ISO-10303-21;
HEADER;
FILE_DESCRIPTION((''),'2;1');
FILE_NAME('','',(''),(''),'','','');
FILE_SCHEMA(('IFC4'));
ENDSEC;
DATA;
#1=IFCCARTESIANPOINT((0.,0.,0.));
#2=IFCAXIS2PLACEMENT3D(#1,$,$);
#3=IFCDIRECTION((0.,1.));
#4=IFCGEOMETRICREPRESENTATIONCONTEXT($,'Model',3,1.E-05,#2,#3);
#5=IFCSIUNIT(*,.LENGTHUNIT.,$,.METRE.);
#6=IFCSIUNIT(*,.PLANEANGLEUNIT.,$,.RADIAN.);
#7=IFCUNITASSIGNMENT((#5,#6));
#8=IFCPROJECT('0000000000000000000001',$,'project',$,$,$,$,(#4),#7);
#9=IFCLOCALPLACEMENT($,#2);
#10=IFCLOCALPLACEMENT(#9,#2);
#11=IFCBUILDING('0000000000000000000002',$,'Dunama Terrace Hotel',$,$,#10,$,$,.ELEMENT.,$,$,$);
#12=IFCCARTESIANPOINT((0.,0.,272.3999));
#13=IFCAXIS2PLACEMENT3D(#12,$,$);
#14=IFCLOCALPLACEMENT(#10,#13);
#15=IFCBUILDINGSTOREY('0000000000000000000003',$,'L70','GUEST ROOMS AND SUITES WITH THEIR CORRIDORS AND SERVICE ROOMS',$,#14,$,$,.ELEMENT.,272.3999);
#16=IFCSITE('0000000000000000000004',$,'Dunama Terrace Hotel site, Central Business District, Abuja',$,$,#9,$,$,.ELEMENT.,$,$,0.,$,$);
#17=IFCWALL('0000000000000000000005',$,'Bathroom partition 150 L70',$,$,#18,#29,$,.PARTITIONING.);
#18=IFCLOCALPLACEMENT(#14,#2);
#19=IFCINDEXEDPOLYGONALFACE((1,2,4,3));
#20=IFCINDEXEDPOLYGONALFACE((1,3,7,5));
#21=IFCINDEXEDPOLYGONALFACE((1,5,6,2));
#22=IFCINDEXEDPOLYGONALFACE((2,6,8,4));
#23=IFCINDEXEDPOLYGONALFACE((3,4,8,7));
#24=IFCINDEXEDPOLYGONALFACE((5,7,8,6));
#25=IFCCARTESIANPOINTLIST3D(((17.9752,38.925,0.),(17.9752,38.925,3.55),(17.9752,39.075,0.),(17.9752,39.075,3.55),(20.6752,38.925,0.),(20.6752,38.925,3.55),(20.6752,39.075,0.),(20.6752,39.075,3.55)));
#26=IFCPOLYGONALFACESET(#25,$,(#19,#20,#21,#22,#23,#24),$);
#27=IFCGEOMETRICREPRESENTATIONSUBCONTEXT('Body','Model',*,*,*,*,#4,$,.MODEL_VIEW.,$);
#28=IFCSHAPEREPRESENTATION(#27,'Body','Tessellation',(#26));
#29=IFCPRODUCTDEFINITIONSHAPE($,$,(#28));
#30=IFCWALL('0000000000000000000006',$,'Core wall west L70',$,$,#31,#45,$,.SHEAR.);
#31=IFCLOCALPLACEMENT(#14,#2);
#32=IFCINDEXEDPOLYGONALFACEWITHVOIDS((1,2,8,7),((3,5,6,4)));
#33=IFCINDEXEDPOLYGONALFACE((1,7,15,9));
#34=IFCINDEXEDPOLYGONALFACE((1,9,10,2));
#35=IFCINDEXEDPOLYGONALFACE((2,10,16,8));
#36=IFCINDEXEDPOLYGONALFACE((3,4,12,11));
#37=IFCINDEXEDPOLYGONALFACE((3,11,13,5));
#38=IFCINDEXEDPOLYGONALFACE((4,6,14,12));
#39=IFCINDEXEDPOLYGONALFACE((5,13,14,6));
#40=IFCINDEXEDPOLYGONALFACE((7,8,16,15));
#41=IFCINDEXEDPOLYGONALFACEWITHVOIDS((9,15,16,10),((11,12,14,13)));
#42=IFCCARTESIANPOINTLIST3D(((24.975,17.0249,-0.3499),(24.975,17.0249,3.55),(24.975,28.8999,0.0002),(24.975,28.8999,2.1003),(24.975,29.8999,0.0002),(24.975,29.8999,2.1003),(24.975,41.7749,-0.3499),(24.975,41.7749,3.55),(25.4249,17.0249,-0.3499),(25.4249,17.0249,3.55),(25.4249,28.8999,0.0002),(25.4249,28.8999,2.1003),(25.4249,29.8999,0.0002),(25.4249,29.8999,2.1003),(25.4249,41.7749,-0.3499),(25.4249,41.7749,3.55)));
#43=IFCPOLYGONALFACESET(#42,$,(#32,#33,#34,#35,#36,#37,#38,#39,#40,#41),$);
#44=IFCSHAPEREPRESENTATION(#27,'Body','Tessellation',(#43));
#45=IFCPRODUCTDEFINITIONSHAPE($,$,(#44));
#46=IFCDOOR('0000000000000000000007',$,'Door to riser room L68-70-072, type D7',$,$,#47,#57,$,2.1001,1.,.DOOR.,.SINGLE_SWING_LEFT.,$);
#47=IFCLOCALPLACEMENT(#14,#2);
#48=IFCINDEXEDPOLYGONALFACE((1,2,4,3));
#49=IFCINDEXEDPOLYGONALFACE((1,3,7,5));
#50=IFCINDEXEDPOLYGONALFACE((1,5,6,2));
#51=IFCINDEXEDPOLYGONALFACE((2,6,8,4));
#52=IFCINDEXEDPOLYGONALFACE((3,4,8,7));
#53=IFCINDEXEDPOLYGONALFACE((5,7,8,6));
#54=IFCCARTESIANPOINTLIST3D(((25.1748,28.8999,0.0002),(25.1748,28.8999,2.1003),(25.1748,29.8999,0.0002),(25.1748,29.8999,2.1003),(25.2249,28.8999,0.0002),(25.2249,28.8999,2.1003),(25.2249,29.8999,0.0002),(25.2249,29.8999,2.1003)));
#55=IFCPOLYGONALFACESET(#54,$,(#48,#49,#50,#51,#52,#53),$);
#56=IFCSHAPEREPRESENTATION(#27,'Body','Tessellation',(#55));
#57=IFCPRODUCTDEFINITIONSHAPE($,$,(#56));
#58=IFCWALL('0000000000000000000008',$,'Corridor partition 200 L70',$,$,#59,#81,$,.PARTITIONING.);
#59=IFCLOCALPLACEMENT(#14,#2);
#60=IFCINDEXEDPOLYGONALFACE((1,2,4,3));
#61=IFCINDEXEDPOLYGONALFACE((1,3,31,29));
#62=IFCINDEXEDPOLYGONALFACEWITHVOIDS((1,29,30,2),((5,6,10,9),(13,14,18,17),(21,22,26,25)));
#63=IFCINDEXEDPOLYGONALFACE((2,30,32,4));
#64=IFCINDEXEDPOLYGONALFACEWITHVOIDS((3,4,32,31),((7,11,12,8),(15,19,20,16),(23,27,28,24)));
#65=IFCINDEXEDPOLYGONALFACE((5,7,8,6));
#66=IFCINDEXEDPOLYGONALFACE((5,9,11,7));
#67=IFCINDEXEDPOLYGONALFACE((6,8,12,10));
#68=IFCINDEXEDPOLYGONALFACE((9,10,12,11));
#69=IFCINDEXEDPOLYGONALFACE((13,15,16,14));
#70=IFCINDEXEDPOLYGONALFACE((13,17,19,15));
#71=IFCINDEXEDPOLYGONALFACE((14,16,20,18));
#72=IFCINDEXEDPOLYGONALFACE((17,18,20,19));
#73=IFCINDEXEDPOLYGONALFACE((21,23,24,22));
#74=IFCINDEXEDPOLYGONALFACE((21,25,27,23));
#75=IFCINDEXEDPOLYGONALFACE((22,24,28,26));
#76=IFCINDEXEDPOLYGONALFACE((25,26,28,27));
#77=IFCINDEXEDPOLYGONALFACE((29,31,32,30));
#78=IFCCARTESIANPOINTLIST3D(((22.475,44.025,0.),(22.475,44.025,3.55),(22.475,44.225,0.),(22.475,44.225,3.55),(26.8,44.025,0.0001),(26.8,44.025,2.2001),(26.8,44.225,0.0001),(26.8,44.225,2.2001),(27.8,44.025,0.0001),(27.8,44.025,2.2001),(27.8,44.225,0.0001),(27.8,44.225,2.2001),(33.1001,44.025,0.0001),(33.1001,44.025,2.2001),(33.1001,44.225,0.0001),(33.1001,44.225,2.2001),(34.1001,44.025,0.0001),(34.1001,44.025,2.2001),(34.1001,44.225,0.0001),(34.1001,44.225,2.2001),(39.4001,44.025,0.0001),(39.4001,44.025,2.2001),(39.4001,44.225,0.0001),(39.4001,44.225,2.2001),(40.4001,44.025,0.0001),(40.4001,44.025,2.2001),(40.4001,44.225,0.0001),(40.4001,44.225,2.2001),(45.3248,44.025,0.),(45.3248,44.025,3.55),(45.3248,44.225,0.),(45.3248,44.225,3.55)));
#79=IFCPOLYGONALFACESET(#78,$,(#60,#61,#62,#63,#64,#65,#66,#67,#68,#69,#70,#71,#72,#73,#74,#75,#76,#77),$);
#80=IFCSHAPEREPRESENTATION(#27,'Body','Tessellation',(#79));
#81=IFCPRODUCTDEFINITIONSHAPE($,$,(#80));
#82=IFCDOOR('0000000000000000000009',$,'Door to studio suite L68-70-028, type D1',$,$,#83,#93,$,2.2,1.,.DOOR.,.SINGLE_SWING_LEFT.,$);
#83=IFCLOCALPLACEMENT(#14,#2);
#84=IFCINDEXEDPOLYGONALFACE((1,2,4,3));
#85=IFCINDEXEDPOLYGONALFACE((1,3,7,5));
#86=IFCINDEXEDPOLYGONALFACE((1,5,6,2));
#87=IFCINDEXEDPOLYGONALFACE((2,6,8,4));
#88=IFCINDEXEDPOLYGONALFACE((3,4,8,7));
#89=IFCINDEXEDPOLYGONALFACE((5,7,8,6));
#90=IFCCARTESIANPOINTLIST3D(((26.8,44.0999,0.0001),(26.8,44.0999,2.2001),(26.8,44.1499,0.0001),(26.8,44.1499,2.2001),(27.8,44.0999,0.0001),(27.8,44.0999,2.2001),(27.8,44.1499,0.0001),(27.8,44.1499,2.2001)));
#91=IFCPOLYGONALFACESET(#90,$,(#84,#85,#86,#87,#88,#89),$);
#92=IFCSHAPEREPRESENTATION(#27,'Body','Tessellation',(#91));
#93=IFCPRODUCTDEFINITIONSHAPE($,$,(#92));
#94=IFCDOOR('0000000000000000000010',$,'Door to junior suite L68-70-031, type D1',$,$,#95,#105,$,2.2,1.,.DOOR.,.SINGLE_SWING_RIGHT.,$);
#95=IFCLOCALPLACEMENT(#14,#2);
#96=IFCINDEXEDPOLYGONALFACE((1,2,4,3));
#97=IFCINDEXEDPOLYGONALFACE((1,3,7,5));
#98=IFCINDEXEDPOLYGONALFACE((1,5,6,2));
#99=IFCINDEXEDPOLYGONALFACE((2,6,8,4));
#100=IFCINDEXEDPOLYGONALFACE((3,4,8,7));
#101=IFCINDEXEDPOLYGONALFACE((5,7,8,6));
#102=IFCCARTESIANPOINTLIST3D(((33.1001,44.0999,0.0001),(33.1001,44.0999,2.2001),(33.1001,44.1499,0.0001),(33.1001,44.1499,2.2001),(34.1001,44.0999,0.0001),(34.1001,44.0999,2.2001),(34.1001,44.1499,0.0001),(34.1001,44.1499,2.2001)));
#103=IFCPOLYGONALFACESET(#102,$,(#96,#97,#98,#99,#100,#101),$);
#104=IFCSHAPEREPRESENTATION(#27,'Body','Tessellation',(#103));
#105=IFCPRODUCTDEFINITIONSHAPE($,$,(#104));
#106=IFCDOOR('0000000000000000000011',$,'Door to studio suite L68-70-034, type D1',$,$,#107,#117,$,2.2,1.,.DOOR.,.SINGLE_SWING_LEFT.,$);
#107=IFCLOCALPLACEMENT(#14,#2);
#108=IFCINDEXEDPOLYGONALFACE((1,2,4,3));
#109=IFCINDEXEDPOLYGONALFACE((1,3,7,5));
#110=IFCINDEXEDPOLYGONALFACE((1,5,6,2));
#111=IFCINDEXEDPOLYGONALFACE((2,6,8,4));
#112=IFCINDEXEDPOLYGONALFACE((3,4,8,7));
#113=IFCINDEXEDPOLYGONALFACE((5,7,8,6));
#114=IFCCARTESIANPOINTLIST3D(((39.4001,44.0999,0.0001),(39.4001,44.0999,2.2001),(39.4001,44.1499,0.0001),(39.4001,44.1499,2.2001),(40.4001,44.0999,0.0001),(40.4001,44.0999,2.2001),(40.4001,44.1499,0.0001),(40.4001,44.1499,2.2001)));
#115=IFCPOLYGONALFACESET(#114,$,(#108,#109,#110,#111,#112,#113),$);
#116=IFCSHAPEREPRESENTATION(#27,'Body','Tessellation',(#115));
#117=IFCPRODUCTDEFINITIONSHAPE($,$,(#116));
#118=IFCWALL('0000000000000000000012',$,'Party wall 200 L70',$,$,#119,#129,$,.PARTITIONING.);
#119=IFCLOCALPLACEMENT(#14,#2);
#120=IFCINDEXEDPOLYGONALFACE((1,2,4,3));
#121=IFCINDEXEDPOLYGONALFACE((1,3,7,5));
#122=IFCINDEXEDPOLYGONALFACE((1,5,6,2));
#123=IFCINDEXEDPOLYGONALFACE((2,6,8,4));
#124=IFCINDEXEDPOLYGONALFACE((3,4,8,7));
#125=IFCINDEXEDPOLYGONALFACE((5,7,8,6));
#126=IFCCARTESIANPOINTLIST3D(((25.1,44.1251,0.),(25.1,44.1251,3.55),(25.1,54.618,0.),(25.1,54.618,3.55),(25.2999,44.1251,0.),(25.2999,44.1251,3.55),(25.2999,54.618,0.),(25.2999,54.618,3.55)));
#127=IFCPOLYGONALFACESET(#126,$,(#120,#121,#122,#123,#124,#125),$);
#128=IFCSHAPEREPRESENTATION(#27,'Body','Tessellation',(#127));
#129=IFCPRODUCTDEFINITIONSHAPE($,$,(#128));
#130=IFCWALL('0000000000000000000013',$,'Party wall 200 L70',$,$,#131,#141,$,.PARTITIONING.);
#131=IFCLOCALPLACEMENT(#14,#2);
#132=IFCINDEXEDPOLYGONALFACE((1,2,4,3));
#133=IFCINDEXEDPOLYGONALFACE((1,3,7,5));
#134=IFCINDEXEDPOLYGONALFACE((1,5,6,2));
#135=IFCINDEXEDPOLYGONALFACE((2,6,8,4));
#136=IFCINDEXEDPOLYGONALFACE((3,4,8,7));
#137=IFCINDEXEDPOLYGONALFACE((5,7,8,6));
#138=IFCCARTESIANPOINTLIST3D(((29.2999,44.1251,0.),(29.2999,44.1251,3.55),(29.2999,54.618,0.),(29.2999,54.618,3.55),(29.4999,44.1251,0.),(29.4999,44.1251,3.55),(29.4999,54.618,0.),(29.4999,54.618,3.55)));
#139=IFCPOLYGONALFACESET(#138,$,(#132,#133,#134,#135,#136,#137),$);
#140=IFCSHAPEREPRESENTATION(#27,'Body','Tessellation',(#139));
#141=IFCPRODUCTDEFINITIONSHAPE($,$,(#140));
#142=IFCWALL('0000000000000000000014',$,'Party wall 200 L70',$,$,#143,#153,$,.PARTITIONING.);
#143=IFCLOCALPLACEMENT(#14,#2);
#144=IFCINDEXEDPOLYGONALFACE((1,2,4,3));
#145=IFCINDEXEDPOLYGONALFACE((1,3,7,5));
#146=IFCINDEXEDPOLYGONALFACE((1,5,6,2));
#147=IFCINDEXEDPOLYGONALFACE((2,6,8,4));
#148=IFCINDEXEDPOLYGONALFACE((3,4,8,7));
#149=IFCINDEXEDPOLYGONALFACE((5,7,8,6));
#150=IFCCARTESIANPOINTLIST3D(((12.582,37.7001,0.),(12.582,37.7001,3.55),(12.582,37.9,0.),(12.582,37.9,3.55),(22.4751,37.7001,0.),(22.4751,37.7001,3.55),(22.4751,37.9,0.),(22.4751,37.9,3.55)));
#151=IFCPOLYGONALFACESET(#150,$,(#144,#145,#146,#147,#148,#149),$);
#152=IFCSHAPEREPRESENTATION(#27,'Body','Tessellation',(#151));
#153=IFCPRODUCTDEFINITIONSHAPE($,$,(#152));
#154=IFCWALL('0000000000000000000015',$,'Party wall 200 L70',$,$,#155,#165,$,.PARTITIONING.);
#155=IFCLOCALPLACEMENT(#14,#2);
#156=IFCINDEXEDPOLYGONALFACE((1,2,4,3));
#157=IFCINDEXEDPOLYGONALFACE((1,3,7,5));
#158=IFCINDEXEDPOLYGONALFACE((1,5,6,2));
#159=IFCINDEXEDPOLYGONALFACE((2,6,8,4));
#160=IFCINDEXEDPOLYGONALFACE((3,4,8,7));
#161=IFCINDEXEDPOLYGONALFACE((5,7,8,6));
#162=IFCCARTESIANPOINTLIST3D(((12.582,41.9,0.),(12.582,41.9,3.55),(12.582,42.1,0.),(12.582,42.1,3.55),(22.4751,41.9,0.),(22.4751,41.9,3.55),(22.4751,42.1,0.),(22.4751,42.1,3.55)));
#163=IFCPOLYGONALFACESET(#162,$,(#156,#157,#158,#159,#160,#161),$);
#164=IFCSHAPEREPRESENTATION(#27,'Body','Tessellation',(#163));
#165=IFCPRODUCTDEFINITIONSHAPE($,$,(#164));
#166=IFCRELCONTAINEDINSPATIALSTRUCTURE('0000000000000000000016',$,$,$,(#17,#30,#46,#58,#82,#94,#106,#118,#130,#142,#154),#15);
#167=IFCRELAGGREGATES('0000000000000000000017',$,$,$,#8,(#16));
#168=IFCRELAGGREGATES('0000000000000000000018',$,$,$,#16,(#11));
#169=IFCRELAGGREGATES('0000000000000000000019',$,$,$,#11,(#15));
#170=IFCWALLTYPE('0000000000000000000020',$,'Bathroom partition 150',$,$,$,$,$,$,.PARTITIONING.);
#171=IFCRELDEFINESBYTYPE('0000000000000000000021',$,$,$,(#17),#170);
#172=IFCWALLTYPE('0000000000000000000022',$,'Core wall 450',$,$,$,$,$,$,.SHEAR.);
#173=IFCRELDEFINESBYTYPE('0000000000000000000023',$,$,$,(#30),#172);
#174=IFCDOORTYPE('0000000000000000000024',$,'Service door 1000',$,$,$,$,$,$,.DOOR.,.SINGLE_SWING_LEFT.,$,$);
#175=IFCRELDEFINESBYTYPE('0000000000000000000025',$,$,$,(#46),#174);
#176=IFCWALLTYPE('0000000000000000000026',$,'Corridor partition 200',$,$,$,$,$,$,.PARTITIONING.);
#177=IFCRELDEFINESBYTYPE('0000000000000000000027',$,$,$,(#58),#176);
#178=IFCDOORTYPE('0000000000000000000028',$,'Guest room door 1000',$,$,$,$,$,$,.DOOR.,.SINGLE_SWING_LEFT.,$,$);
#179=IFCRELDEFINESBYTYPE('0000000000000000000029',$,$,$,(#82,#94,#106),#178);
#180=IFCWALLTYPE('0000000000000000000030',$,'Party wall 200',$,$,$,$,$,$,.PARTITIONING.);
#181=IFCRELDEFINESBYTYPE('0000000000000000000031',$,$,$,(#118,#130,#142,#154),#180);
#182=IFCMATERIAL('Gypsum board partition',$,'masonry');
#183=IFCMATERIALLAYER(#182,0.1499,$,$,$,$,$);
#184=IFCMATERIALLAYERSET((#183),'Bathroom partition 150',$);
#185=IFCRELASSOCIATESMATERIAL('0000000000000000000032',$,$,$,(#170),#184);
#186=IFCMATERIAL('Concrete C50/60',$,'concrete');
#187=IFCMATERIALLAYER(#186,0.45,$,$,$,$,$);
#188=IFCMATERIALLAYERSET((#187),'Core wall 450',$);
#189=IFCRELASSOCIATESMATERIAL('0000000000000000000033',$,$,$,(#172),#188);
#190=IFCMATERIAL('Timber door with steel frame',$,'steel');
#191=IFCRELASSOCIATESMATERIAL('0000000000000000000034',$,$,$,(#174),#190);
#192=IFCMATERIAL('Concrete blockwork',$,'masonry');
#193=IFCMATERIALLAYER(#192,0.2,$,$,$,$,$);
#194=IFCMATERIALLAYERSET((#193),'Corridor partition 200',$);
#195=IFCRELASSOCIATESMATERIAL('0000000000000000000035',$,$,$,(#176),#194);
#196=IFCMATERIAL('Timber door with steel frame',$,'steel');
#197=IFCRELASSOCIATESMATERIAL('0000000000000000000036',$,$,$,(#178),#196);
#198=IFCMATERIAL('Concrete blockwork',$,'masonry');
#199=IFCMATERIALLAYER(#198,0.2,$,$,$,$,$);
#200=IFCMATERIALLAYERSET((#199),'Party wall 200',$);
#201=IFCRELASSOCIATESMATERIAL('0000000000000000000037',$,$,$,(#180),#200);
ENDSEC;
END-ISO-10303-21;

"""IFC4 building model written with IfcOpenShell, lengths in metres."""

from ifc_helpers import new_model, si_unit, direction, frame, frame_2d, origin, place, context, subcontext, project, spatial, rectangle, extrude, material, layer, layer_set, type_object, element, fill, save


model = new_model("IFC4")

# Units and contexts
model_context = context("Model", 3, precision=1e-05, world=origin(), true_north=direction((0.0, 1.0)))
body_context = subcontext(model_context, "Body", "Model", "MODEL_VIEW")
ifc_project = project(units=[si_unit("LENGTHUNIT", "METRE"), si_unit("PLANEANGLEUNIT", "RADIAN")], contexts=[model_context])

# Site, building, storey
site_placement = place(None, origin())
site = spatial("IfcSite", under=ifc_project, at=site_placement, Name="Dunama Terrace Hotel site, Central Business District, Abuja", CompositionType="ELEMENT", RefElevation=0.0)
building_placement = place(site_placement, origin())
building = spatial("IfcBuilding", under=site, at=building_placement, Name="Dunama Terrace Hotel", CompositionType="ELEMENT")
storey_placement = place(building_placement, frame((0.0, 0.0, 272.3999)))
storey = spatial("IfcBuildingStorey", under=building, at=storey_placement, Name="L70", Description="GUEST ROOMS AND SUITES WITH THEIR CORRIDORS AND SERVICE ROOMS", CompositionType="ELEMENT", Elevation=272.3999)

# Shared definitions
ifc_material_1 = material(Name="Gypsum board partition", Category="masonry")
ifc_layer_1 = layer(ifc_material_1, 0.1499)
ifc_layer_set_1 = layer_set([ifc_layer_1], Name="Bathroom partition 150")
wall_type_1 = type_object("IfcWallType", Name="Bathroom partition 150", PredefinedType="PARTITIONING", material=ifc_layer_set_1)

# Wall
wall_1_placement = place(storey_placement, frame((17.9751, 39.0, 0.0), z_axis=(0.0, 0.0, 1.0), x_axis=(1.0, 0.0, 0.0)))
element("IfcWall", 1, at=wall_1_placement, inside=storey, type_object=wall_type_1, Name="Bathroom partition 150 L70", PredefinedType="PARTITIONING", context=body_context, shape_type="SweptSolid", body=[
    extrude(rectangle(XDim=2.7, YDim=0.1499, at=frame_2d((1.3501, 0.0))), origin(), (0.0, 0.0, 1.0), 3.55),
])

# Wall, opening, door
ifc_material_2 = material(Name="Concrete C50/60", Category="concrete")
ifc_layer_2 = layer(ifc_material_2, 0.45)
ifc_layer_set_2 = layer_set([ifc_layer_2], Name="Core wall 450")
wall_type_2 = type_object("IfcWallType", Name="Core wall 450", PredefinedType="SHEAR", material=ifc_layer_set_2)
wall_2_placement = place(storey_placement, frame((25.2, 41.7749, -0.3499), z_axis=(0.0, 0.0, 1.0), x_axis=(0.0, -1.0, 0.0)))
wall_2 = element("IfcWall", 2, at=wall_2_placement, inside=storey, type_object=wall_type_2, Name="Core wall west L70", PredefinedType="SHEAR", context=body_context, shape_type="SweptSolid", body=[
    extrude(rectangle(XDim=24.75, YDim=0.45, at=frame_2d((12.375, 0.0))), origin(), (0.0, 0.0, 1.0), 3.8999),
])
opening_1_placement = place(wall_2_placement, frame((11.875, 0.0, 0.3501)))
opening_1 = element("IfcOpeningElement", 3, at=opening_1_placement, cuts=wall_2, PredefinedType="OPENING", context=body_context, shape_type="SweptSolid", body=[
    extrude(rectangle(XDim=1.0, YDim=2.1001, at=frame_2d((0.5, 1.05))), frame((0.0, 0.2349, 0.0), z_axis=(0.0, -1.0, 0.0), x_axis=(1.0, 0.0, 0.0)), (0.0, 0.0, 1.0), 0.47),
])
ifc_material_3 = material(Name="Timber door with steel frame", Category="steel")
door_type_1 = type_object("IfcDoorType", Name="Service door 1000", OperationType="SINGLE_SWING_LEFT", PredefinedType="DOOR", material=ifc_material_3)
door_1_placement = place(opening_1_placement, origin())
door_1 = element("IfcDoor", 4, at=door_1_placement, inside=storey, type_object=door_type_1, Name="Door to riser room L68-70-072, type D7", OperationType="SINGLE_SWING_LEFT", OverallHeight=2.1001, OverallWidth=1.0, PredefinedType="DOOR", context=body_context, shape_type="SweptSolid", body=[
    extrude(rectangle(XDim=1.0, YDim=2.1001, at=frame_2d((0.5, 1.05))), frame((0.0, 0.0249, 0.0), z_axis=(0.0, -1.0, 0.0), x_axis=(1.0, 0.0, 0.0)), (0.0, 0.0, 1.0), 0.05),
])
fill(opening_1, door_1)

# Wall, openings, doors
ifc_material_4 = material(Name="Concrete blockwork", Category="masonry")
ifc_layer_3 = layer(ifc_material_4, 0.2)
ifc_layer_set_3 = layer_set([ifc_layer_3], Name="Corridor partition 200")
wall_type_3 = type_object("IfcWallType", Name="Corridor partition 200", PredefinedType="PARTITIONING", material=ifc_layer_set_3)
wall_3_placement = place(storey_placement, frame((22.4751, 44.125, 0.0), z_axis=(0.0, 0.0, 1.0), x_axis=(1.0, 0.0, 0.0)))
wall_3 = element("IfcWall", 5, at=wall_3_placement, inside=storey, type_object=wall_type_3, Name="Corridor partition 200 L70", PredefinedType="PARTITIONING", context=body_context, shape_type="SweptSolid", body=[
    extrude(rectangle(XDim=22.8499, YDim=0.2, at=frame_2d((11.4248, 0.0))), origin(), (0.0, 0.0, 1.0), 3.55),
])
opening_2_placement = place(wall_3_placement, frame((4.325, 0.0, 0.0)))
opening_2 = element("IfcOpeningElement", 6, at=opening_2_placement, cuts=wall_3, PredefinedType="OPENING", context=body_context, shape_type="SweptSolid", body=[
    extrude(rectangle(XDim=1.0, YDim=2.2, at=frame_2d((0.5, 1.1001))), frame((0.0, 0.1099, 0.0), z_axis=(0.0, -1.0, 0.0), x_axis=(1.0, 0.0, 0.0)), (0.0, 0.0, 1.0), 0.22),
])
opening_3_placement = place(wall_3_placement, frame((10.625, 0.0, 0.0)))
opening_3 = element("IfcOpeningElement", 7, at=opening_3_placement, cuts=wall_3, PredefinedType="OPENING", context=body_context, shape_type="SweptSolid", body=[
    extrude(rectangle(XDim=1.0, YDim=2.2, at=frame_2d((0.5, 1.1001))), frame((0.0, 0.1099, 0.0), z_axis=(0.0, -1.0, 0.0), x_axis=(1.0, 0.0, 0.0)), (0.0, 0.0, 1.0), 0.22),
])
opening_4_placement = place(wall_3_placement, frame((16.925, 0.0, 0.0)))
opening_4 = element("IfcOpeningElement", 8, at=opening_4_placement, cuts=wall_3, PredefinedType="OPENING", context=body_context, shape_type="SweptSolid", body=[
    extrude(rectangle(XDim=1.0, YDim=2.2, at=frame_2d((0.5, 1.1001))), frame((0.0, 0.1099, 0.0), z_axis=(0.0, -1.0, 0.0), x_axis=(1.0, 0.0, 0.0)), (0.0, 0.0, 1.0), 0.22),
])
ifc_material_5 = material(Name="Timber door with steel frame", Category="steel")
door_type_2 = type_object("IfcDoorType", Name="Guest room door 1000", OperationType="SINGLE_SWING_LEFT", PredefinedType="DOOR", material=ifc_material_5)
door_2_placement = place(opening_2_placement, origin())
door_2 = element("IfcDoor", 9, at=door_2_placement, inside=storey, type_object=door_type_2, Name="Door to studio suite L68-70-028, type D1", OperationType="SINGLE_SWING_LEFT", OverallHeight=2.2, OverallWidth=1.0, PredefinedType="DOOR", context=body_context, shape_type="SweptSolid", body=[
    extrude(rectangle(XDim=1.0, YDim=2.2, at=frame_2d((0.5, 1.1001))), frame((0.0, 0.0249, 0.0), z_axis=(0.0, -1.0, 0.0), x_axis=(1.0, 0.0, 0.0)), (0.0, 0.0, 1.0), 0.05),
])
fill(opening_2, door_2)
door_3_placement = place(opening_3_placement, origin())
door_3 = element("IfcDoor", 10, at=door_3_placement, inside=storey, type_object=door_type_2, Name="Door to junior suite L68-70-031, type D1", OperationType="SINGLE_SWING_RIGHT", OverallHeight=2.2, OverallWidth=1.0, PredefinedType="DOOR", context=body_context, shape_type="SweptSolid", body=[
    extrude(rectangle(XDim=1.0, YDim=2.2, at=frame_2d((0.5, 1.1001))), frame((0.0, 0.0249, 0.0), z_axis=(0.0, -1.0, 0.0), x_axis=(1.0, 0.0, 0.0)), (0.0, 0.0, 1.0), 0.05),
])
fill(opening_3, door_3)
door_4_placement = place(opening_4_placement, origin())
door_4 = element("IfcDoor", 11, at=door_4_placement, inside=storey, type_object=door_type_2, Name="Door to studio suite L68-70-034, type D1", OperationType="SINGLE_SWING_LEFT", OverallHeight=2.2, OverallWidth=1.0, PredefinedType="DOOR", context=body_context, shape_type="SweptSolid", body=[
    extrude(rectangle(XDim=1.0, YDim=2.2, at=frame_2d((0.5, 1.1001))), frame((0.0, 0.0249, 0.0), z_axis=(0.0, -1.0, 0.0), x_axis=(1.0, 0.0, 0.0)), (0.0, 0.0, 1.0), 0.05),
])
fill(opening_4, door_4)

# Walls
ifc_material_6 = material(Name="Concrete blockwork", Category="masonry")
ifc_layer_4 = layer(ifc_material_6, 0.2)
ifc_layer_set_4 = layer_set([ifc_layer_4], Name="Party wall 200")
wall_type_4 = type_object("IfcWallType", Name="Party wall 200", PredefinedType="PARTITIONING", material=ifc_layer_set_4)
for number, where, z_axis, x_axis, name in (
    (12, (25.2, 44.125, 0.0), (0.0, 0.0, 1.0), (0.0, 1.0, 0.0), "Party wall 200 L70"),
    (13, (29.3999, 44.125, 0.0), (0.0, 0.0, 1.0), (0.0, 1.0, 0.0), "Party wall 200 L70"),
):
    element("IfcWall", number, at=place(storey_placement, frame(where, z_axis=z_axis, x_axis=x_axis)), inside=storey, type_object=wall_type_4, Name=name, PredefinedType="PARTITIONING", context=body_context, shape_type="SweptSolid", body=[
        extrude(rectangle(XDim=10.4929, YDim=0.2, at=frame_2d((5.2466, 0.0))), origin(), (0.0, 0.0, 1.0), 3.55),
    ])
for number, where, z_axis, x_axis, name in (
    (14, (12.582, 37.8, 0.0), (0.0, 0.0, 1.0), (1.0, 0.0, 0.0), "Party wall 200 L70"),
    (15, (12.582, 42.0, 0.0), (0.0, 0.0, 1.0), (1.0, 0.0, 0.0), "Party wall 200 L70"),
):
    element("IfcWall", number, at=place(storey_placement, frame(where, z_axis=z_axis, x_axis=x_axis)), inside=storey, type_object=wall_type_4, Name=name, PredefinedType="PARTITIONING", context=body_context, shape_type="SweptSolid", body=[
        extrude(rectangle(XDim=9.8931, YDim=0.2, at=frame_2d((4.9465, 0.0))), origin(), (0.0, 0.0, 1.0), 3.55),
    ])

save(model, "model.ifc")
